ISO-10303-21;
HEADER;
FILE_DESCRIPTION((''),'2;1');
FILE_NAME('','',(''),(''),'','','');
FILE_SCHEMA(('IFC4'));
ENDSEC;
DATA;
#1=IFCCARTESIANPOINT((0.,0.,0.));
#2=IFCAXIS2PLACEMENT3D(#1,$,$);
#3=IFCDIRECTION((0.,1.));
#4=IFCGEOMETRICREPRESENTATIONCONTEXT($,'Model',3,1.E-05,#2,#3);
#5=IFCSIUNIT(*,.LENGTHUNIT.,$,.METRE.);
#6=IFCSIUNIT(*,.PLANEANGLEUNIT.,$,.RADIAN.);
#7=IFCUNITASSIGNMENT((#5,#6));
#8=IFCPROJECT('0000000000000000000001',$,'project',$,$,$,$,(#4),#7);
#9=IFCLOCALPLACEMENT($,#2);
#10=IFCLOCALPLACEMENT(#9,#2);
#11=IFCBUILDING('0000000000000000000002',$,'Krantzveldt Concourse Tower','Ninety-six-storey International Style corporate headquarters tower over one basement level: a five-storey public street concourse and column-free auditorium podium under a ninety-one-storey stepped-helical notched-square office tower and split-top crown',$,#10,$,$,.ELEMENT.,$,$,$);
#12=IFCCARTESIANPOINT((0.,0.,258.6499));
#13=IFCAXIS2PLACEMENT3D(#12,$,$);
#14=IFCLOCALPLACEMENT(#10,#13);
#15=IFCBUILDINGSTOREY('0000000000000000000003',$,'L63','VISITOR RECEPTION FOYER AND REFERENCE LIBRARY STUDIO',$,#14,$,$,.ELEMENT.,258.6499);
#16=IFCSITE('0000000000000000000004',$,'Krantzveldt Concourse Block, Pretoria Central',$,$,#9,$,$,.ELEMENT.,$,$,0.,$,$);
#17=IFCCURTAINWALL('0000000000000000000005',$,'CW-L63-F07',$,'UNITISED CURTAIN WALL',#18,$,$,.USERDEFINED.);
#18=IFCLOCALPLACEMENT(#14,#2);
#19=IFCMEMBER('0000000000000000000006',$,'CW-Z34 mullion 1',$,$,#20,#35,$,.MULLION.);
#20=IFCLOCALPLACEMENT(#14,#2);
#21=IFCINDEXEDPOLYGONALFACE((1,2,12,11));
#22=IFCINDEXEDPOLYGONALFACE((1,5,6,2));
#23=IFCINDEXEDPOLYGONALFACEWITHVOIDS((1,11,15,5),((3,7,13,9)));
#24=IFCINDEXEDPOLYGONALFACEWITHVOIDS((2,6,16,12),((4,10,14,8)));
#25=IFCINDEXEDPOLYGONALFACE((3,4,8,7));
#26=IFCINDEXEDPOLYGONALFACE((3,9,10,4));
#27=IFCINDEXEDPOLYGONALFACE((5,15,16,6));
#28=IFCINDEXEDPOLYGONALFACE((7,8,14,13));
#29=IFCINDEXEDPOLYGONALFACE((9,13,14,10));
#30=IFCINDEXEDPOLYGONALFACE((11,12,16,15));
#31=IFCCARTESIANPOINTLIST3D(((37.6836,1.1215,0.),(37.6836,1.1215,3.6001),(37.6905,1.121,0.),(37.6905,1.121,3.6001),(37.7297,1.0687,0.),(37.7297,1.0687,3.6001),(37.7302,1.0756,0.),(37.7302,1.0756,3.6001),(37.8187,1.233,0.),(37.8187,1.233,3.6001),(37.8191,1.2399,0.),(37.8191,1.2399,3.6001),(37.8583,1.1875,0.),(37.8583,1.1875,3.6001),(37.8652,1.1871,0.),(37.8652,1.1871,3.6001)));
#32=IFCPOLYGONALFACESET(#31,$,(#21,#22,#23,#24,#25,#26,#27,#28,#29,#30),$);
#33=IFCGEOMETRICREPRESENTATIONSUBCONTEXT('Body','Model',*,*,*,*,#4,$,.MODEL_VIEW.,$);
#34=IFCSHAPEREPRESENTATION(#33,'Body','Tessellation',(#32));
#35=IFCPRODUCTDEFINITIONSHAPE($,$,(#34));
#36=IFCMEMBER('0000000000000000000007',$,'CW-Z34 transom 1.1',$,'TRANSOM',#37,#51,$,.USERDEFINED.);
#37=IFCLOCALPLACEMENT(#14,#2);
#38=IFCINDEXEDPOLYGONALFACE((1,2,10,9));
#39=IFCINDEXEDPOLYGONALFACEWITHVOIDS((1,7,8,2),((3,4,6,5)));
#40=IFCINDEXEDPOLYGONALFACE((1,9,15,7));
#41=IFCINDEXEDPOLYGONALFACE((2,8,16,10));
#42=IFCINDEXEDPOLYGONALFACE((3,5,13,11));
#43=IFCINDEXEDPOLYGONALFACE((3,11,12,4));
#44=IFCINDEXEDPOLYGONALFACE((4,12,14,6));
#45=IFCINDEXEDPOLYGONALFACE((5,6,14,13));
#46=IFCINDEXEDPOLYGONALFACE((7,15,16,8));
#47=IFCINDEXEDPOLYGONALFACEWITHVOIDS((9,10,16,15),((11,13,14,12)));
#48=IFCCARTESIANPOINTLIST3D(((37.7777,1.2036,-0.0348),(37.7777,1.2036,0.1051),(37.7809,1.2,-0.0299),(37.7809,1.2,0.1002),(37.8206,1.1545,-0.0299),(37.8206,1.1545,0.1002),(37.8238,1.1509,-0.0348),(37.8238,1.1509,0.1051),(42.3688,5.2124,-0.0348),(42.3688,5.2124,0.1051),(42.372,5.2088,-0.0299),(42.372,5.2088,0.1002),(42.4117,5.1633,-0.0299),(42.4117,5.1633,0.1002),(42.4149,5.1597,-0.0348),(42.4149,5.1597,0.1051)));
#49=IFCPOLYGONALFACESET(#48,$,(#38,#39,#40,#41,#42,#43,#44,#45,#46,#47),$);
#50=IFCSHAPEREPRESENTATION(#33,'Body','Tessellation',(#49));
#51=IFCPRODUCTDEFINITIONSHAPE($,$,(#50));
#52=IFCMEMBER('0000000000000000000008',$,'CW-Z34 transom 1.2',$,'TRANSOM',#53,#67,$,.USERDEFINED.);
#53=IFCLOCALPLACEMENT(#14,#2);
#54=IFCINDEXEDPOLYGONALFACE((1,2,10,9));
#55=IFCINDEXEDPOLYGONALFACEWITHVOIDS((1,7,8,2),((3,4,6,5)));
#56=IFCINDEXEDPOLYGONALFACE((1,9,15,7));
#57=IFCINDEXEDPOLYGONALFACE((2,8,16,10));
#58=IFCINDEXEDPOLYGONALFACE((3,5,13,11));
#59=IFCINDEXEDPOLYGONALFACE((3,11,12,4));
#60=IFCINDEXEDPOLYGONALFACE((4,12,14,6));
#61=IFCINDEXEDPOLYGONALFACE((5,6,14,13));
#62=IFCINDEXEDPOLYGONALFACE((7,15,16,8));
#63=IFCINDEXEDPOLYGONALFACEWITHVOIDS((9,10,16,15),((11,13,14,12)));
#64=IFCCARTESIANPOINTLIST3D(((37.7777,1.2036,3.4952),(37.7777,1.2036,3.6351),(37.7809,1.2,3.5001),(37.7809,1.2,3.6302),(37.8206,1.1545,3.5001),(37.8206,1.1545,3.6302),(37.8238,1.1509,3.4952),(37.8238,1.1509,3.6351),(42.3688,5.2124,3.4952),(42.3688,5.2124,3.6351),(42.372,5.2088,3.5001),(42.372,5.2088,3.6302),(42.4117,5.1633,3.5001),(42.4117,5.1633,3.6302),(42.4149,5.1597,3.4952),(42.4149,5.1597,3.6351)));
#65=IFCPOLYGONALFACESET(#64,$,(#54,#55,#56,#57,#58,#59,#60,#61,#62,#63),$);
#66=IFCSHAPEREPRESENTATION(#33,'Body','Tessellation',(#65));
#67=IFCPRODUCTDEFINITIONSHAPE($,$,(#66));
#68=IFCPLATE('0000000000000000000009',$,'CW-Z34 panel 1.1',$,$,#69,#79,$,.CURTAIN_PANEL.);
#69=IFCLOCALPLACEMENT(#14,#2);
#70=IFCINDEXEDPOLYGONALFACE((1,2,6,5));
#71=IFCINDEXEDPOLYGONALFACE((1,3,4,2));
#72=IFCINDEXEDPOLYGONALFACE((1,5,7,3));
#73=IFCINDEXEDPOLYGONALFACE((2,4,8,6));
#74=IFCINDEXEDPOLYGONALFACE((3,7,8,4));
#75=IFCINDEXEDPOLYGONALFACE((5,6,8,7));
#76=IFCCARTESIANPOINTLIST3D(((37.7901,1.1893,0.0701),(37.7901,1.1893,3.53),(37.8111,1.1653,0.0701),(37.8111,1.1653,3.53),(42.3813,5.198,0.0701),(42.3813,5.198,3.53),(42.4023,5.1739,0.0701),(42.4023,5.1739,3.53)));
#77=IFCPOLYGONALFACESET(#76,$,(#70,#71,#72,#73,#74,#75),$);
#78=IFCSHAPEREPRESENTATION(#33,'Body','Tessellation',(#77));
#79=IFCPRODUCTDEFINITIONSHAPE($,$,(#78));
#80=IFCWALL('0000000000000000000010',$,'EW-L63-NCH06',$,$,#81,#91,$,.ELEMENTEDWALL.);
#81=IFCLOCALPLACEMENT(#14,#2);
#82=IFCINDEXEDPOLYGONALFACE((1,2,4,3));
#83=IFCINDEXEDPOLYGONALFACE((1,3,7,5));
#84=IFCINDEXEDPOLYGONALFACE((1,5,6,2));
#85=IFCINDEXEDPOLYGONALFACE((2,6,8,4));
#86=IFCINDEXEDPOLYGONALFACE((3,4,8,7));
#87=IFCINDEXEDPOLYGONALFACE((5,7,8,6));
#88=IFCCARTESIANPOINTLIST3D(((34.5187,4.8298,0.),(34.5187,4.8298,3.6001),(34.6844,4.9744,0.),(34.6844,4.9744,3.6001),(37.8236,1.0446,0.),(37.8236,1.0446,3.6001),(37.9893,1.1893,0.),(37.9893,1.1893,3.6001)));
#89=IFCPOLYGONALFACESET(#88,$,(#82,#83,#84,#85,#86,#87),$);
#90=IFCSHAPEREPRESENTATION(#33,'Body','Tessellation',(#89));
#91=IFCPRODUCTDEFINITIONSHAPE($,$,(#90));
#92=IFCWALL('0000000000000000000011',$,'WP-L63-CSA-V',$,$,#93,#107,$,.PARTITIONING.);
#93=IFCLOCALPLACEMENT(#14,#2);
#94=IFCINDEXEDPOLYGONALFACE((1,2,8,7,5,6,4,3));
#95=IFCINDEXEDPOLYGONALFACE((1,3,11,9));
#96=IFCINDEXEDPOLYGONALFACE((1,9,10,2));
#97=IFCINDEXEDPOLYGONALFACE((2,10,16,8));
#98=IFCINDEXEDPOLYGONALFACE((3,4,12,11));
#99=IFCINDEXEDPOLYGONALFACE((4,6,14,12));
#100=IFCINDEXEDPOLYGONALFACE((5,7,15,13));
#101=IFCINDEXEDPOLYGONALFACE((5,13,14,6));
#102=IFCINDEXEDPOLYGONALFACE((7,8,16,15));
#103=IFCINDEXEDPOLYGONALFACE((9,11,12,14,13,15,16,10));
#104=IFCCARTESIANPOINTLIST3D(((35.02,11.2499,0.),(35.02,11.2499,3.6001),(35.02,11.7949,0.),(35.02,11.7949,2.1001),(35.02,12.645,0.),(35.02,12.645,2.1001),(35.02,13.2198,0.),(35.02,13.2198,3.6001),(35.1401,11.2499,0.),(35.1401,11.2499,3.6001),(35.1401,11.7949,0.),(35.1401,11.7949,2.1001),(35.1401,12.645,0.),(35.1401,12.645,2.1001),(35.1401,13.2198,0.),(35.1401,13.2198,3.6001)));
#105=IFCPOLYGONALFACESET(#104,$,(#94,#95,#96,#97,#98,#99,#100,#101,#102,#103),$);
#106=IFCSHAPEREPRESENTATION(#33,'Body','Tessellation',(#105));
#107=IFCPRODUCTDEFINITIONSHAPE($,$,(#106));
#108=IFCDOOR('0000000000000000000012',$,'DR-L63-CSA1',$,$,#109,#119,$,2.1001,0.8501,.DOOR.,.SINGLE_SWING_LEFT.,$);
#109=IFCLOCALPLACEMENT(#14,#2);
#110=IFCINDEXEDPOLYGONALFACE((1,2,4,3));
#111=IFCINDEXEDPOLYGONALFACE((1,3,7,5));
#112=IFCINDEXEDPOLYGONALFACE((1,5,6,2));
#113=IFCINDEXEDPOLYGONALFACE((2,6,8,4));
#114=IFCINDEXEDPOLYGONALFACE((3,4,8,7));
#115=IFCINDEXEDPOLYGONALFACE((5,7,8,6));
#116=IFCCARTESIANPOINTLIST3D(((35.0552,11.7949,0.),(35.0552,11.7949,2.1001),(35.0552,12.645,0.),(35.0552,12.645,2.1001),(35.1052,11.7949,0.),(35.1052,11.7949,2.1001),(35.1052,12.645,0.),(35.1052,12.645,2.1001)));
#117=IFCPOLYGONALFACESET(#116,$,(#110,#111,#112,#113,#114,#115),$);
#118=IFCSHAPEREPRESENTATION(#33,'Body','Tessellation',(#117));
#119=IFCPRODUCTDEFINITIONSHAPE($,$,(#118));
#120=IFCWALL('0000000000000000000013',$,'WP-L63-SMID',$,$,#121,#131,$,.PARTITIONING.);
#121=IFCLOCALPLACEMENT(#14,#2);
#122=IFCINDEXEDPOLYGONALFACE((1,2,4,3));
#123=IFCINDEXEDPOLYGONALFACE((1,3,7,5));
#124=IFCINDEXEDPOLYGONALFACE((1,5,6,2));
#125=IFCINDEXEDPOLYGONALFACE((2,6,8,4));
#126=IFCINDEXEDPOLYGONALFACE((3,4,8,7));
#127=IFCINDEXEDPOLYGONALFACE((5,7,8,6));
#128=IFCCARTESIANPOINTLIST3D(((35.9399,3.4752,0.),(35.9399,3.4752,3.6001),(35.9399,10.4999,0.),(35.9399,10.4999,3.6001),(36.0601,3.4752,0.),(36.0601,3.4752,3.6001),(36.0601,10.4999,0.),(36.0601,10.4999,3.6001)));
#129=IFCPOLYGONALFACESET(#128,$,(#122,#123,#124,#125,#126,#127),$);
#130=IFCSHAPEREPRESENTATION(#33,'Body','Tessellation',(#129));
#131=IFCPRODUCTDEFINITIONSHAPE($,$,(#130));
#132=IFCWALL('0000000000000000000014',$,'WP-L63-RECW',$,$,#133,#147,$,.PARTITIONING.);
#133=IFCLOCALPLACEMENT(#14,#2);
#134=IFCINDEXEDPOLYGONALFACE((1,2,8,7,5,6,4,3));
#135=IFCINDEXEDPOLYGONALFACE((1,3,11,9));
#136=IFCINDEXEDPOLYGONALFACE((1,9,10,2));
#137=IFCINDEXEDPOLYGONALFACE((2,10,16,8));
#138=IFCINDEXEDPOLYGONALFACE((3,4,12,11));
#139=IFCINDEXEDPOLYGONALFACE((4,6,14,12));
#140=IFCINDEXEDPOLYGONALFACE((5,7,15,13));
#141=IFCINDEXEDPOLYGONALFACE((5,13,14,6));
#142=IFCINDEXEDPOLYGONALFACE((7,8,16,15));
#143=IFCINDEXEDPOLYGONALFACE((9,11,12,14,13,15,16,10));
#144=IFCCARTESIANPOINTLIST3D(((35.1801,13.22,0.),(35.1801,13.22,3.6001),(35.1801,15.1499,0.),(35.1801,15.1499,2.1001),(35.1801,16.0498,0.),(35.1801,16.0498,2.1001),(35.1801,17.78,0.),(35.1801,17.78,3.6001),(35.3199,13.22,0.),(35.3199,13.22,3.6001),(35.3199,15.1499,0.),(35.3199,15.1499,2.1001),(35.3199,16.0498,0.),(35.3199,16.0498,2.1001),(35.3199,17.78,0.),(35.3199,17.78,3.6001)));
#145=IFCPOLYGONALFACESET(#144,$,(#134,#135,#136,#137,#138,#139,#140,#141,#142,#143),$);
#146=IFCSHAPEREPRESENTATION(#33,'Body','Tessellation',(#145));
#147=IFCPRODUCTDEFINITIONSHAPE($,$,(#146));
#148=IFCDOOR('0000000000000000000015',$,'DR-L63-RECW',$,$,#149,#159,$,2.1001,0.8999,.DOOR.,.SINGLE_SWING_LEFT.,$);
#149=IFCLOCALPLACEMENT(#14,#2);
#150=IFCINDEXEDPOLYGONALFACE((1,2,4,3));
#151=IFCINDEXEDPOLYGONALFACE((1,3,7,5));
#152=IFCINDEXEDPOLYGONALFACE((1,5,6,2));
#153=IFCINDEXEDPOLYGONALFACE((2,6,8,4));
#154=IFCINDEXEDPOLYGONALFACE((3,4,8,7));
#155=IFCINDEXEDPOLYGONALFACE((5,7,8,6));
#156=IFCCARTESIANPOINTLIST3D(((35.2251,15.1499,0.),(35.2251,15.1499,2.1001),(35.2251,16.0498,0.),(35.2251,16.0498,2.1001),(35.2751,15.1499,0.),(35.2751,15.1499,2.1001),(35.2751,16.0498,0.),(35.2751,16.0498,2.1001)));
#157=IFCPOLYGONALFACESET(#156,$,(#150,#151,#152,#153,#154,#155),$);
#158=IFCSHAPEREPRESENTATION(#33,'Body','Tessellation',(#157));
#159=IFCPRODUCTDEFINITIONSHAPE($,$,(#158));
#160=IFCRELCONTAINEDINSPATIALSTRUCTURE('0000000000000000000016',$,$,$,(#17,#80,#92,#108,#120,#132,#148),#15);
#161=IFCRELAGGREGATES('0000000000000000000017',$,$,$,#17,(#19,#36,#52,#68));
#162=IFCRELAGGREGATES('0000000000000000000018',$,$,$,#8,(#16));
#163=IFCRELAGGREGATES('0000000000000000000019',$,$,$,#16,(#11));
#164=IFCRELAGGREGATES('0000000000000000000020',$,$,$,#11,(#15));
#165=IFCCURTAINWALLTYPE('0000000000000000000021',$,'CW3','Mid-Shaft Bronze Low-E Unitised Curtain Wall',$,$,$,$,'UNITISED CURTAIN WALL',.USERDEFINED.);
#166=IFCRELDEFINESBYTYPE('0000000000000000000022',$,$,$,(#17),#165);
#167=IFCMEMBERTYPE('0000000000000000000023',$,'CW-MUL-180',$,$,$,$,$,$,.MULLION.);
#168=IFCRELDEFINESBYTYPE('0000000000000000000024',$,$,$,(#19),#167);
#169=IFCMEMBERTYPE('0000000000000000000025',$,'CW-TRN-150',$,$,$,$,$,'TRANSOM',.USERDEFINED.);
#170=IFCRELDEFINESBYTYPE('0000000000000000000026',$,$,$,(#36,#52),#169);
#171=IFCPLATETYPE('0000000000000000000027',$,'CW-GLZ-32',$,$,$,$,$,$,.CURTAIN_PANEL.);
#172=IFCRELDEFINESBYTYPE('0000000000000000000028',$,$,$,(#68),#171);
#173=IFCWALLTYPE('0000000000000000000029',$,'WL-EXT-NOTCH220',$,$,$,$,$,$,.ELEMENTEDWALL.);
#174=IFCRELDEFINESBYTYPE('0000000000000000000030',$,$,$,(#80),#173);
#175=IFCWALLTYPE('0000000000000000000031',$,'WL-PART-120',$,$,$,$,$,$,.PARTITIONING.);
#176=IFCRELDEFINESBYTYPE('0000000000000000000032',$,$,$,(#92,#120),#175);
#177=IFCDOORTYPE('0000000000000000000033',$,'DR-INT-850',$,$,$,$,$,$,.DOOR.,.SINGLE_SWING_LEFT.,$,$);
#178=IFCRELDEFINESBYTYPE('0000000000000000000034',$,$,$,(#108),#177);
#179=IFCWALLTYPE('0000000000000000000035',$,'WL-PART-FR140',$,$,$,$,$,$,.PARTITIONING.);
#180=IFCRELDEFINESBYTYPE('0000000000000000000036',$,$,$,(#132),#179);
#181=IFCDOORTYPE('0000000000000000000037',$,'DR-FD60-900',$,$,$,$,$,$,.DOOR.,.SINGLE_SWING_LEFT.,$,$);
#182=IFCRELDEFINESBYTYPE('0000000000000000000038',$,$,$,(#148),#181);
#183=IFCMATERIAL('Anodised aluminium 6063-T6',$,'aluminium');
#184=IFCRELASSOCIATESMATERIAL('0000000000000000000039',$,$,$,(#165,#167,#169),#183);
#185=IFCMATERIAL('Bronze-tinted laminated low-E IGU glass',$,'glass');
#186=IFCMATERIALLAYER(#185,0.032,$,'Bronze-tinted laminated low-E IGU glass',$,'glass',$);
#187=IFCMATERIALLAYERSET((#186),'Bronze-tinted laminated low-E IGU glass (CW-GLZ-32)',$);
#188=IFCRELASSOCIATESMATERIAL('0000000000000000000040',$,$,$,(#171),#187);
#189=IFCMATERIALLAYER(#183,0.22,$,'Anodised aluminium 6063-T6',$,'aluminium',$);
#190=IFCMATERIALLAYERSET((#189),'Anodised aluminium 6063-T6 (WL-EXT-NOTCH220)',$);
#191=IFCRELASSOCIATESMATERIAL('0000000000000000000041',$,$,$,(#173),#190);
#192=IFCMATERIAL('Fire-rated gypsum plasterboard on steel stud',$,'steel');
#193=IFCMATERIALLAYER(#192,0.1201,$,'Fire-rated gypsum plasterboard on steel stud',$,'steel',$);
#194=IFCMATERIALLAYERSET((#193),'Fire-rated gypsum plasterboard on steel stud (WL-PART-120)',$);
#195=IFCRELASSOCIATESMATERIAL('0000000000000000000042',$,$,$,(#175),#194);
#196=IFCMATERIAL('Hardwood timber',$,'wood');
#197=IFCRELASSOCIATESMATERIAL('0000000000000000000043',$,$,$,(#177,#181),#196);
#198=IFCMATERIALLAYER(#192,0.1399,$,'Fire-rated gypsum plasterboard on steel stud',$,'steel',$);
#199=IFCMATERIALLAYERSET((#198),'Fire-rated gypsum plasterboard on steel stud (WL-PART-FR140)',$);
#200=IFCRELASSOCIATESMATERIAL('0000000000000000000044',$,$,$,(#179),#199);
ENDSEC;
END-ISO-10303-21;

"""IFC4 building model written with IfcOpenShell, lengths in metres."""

from ifc_helpers import new_model, si_unit, direction, frame, frame_2d, origin, origin_2d, place, context, subcontext, project, spatial, rectangle, hollow_rectangle, extrude, source, transform, mapped, material, layer, layer_set, material_profile, profile_set, type_object, type_shapes, element, fill, aggregate, save


model = new_model("IFC4")

# Units and contexts
model_context = context("Model", 3, precision=1e-05, world=origin(), true_north=direction((0.0, 1.0)))
body_context = subcontext(model_context, "Body", "Model", "MODEL_VIEW")
ifc_project = project(units=[si_unit("LENGTHUNIT", "METRE"), si_unit("PLANEANGLEUNIT", "RADIAN")], contexts=[model_context])

# Site, building, storey
site_placement = place(None, origin())
site = spatial("IfcSite", under=ifc_project, at=site_placement, Name="Krantzveldt Concourse Block, Pretoria Central", CompositionType="ELEMENT", RefElevation=0.0)
building_placement = place(site_placement, origin())
building = spatial("IfcBuilding", under=site, at=building_placement, Name="Krantzveldt Concourse Tower", Description="Ninety-six-storey International Style corporate headquarters tower over one basement level: a five-storey public street concourse and column-free auditorium podium under a ninety-one-storey stepped-helical notched-square office tower and split-top crown", CompositionType="ELEMENT")
storey_placement = place(building_placement, frame((0.0, 0.0, 258.6499)))
storey = spatial("IfcBuildingStorey", under=building, at=storey_placement, Name="L63", Description="VISITOR RECEPTION FOYER AND REFERENCE LIBRARY STUDIO", CompositionType="ELEMENT", Elevation=258.6499)

# Curtain wall, members, plate
ifc_material_1 = material(Name="Anodised aluminium 6063-T6", Category="aluminium")
curtain_wall_type = type_object("IfcCurtainWallType", Name="CW3", Description="Mid-Shaft Bronze Low-E Unitised Curtain Wall", ElementType="UNITISED CURTAIN WALL", PredefinedType="USERDEFINED", material=ifc_material_1)
curtain_wall_placement = place(storey_placement, origin())
curtain_wall = element("IfcCurtainWall", 1, at=curtain_wall_placement, inside=storey, type_object=curtain_wall_type, Name="CW-L63-F07", ObjectType="UNITISED CURTAIN WALL", PredefinedType="USERDEFINED")
ifc_material_profile_1 = material_profile(ifc_material_1, hollow_rectangle(XDim=0.0701, YDim=0.1799, WallThickness=0.0049, at=origin_2d()), Name="Anodised aluminium 6063-T6", Category="aluminium")
ifc_profile_set_1 = profile_set([ifc_material_profile_1], Name="Anodised aluminium 6063-T6 - ALU-MULL 180x70x5")
member_type_1 = type_object("IfcMemberType", Name="CW-MUL-180", PredefinedType="MULLION", material=ifc_profile_set_1)
shared_shape_1 = source(origin(), body_context, "Body", "SweptSolid", [
    extrude(hollow_rectangle(XDim=0.0701, YDim=0.1799, WallThickness=0.0049, at=origin_2d()), origin(), (0.0, 0.0, 1.0), 3.6001),
])
type_shapes(member_type_1, [shared_shape_1])
member_1_placement = place(storey_placement, frame((37.7744, 1.1543, 0.0), z_axis=(0.0, 0.0, 1.0), x_axis=(-0.657704, 0.753277, 0.0)))
member_1 = element("IfcMember", 2, at=member_1_placement, type_object=member_type_1, Name="CW-Z34 mullion 1", PredefinedType="MULLION", context=body_context, shape_type="MappedRepresentation", body=[
    mapped(shared_shape_1, transform((0.0, 0.0, 0.0), x_axis=(1.0, 0.0, 0.0), y_axis=(0.0, 1.0, 0.0), z_axis=(0.0, 0.0, 1.0), scale=1.0)),
])
ifc_material_profile_2 = material_profile(ifc_material_1, hollow_rectangle(XDim=0.0701, YDim=0.1399, WallThickness=0.0049, at=origin_2d()), Name="Anodised aluminium 6063-T6", Category="aluminium")
ifc_profile_set_2 = profile_set([ifc_material_profile_2], Name="Anodised aluminium 6063-T6 - ALU-TRAN 140x70x5")
member_type_2 = type_object("IfcMemberType", Name="CW-TRN-150", ElementType="TRANSOM", PredefinedType="USERDEFINED", material=ifc_profile_set_2)
shared_shape_2 = source(origin(), body_context, "Body", "SweptSolid", [
    extrude(hollow_rectangle(XDim=0.0701, YDim=0.1399, WallThickness=0.0049, at=origin_2d()), origin(), (0.0, 0.0, 1.0), 6.095),
])
type_shapes(member_type_2, [shared_shape_2])
member_2_placement = place(storey_placement, frame((37.8008, 1.1772, 0.0352), z_axis=(0.753259, 0.657724, 0.0), x_axis=(-0.657724, 0.753259, 0.0)))
member_2 = element("IfcMember", 3, at=member_2_placement, type_object=member_type_2, Name="CW-Z34 transom 1.1", ObjectType="TRANSOM", PredefinedType="USERDEFINED", context=body_context, shape_type="MappedRepresentation", body=[
    mapped(shared_shape_2, transform((0.0, 0.0, 0.0), x_axis=(1.0, 0.0, 0.0), y_axis=(0.0, 1.0, 0.0), z_axis=(0.0, 0.0, 1.0), scale=1.0)),
])
member_3_placement = place(storey_placement, frame((37.8008, 1.1772, 3.5652), z_axis=(0.753259, 0.657724, 0.0), x_axis=(-0.657724, 0.753259, 0.0)))
member_3 = element("IfcMember", 4, at=member_3_placement, type_object=member_type_2, Name="CW-Z34 transom 1.2", ObjectType="TRANSOM", PredefinedType="USERDEFINED", context=body_context, shape_type="MappedRepresentation", body=[
    mapped(shared_shape_2, transform((0.0, 0.0, 0.0), x_axis=(1.0, 0.0, 0.0), y_axis=(0.0, 1.0, 0.0), z_axis=(0.0, 0.0, 1.0), scale=1.0)),
])
ifc_material_2 = material(Name="Bronze-tinted laminated low-E IGU glass", Category="glass")
ifc_layer_1 = layer(ifc_material_2, 0.032, Name="Bronze-tinted laminated low-E IGU glass", Category="glass")
ifc_layer_set_1 = layer_set([ifc_layer_1], Name="Bronze-tinted laminated low-E IGU glass (CW-GLZ-32)")
plate_type = type_object("IfcPlateType", Name="CW-GLZ-32", PredefinedType="CURTAIN_PANEL", material=ifc_layer_set_1)
shared_shape_3 = source(origin(), body_context, "Body", "SweptSolid", [
    extrude(rectangle(XDim=6.095, YDim=0.032, at=origin_2d()), origin(), (0.0, 0.0, 1.0), 3.46),
])
type_shapes(plate_type, [shared_shape_3])
plate_placement = place(storey_placement, frame((40.0962, 3.1816, 0.0701), z_axis=(0.0, 0.0, 1.0), x_axis=(0.753277, 0.657704, 0.0)))
plate = element("IfcPlate", 5, at=plate_placement, type_object=plate_type, Name="CW-Z34 panel 1.1", PredefinedType="CURTAIN_PANEL", context=body_context, shape_type="MappedRepresentation", body=[
    mapped(shared_shape_3, transform((0.0, 0.0, 0.0), x_axis=(1.0, 0.0, 0.0), y_axis=(0.0, 1.0, 0.0), z_axis=(0.0, 0.0, 1.0), scale=1.0)),
])
aggregate(curtain_wall, [member_1, member_2, member_3, plate])

# Wall
ifc_layer_2 = layer(ifc_material_1, 0.22, Name="Anodised aluminium 6063-T6", Category="aluminium")
ifc_layer_set_2 = layer_set([ifc_layer_2], Name="Anodised aluminium 6063-T6 (WL-EXT-NOTCH220)")
wall_type_1 = type_object("IfcWallType", Name="WL-EXT-NOTCH220", PredefinedType="ELEMENTEDWALL", material=ifc_layer_set_2)
wall_1_placement = place(storey_placement, frame((34.6016, 4.9021, 0.0), z_axis=(0.0, 0.0, 1.0), x_axis=(0.657706, -0.753275, 0.0)))
element("IfcWall", 6, at=wall_1_placement, inside=storey, type_object=wall_type_1, Name="EW-L63-NCH06", PredefinedType="ELEMENTEDWALL", context=body_context, shape_type="SweptSolid", body=[
    extrude(rectangle(XDim=5.0249, YDim=0.22, at=frame_2d((2.5125, 0.0))), origin(), (0.0, 0.0, 1.0), 3.6001),
])

# Wall, opening, door
ifc_material_3 = material(Name="Fire-rated gypsum plasterboard on steel stud", Category="steel")
ifc_layer_3 = layer(ifc_material_3, 0.1201, Name="Fire-rated gypsum plasterboard on steel stud", Category="steel")
ifc_layer_set_3 = layer_set([ifc_layer_3], Name="Fire-rated gypsum plasterboard on steel stud (WL-PART-120)")
wall_type_2 = type_object("IfcWallType", Name="WL-PART-120", PredefinedType="PARTITIONING", material=ifc_layer_set_3)
wall_2_placement = place(storey_placement, frame((35.0801, 11.25, 0.0), z_axis=(0.0, 0.0, 1.0), x_axis=(0.0, 1.0, 0.0)))
wall_2 = element("IfcWall", 7, at=wall_2_placement, inside=storey, type_object=wall_type_2, Name="WP-L63-CSA-V", PredefinedType="PARTITIONING", context=body_context, shape_type="SweptSolid", body=[
    extrude(rectangle(XDim=1.97, YDim=0.1201, at=frame_2d((0.9849, 0.0))), origin(), (0.0, 0.0, 1.0), 3.6001),
])
opening_1_placement = place(wall_2_placement, frame((0.5449, 0.0, 0.0)))
opening_1 = element("IfcOpeningElement", 8, at=opening_1_placement, cuts=wall_2, PredefinedType="OPENING", context=body_context, shape_type="SweptSolid", body=[
    extrude(rectangle(XDim=0.8501, YDim=2.1001, at=frame_2d((0.425, 1.05))), frame((0.0, 0.0701, 0.0), z_axis=(0.0, -1.0, 0.0), x_axis=(1.0, 0.0, 0.0)), (0.0, 0.0, 1.0), 0.1401),
])
ifc_material_4 = material(Name="Hardwood timber", Category="wood")
door_type_1 = type_object("IfcDoorType", Name="DR-INT-850", OperationType="SINGLE_SWING_LEFT", PredefinedType="DOOR", material=ifc_material_4)
door_1_placement = place(opening_1_placement, origin())
door_1 = element("IfcDoor", 9, at=door_1_placement, inside=storey, type_object=door_type_1, Name="DR-L63-CSA1", OperationType="SINGLE_SWING_LEFT", OverallHeight=2.1001, OverallWidth=0.8501, PredefinedType="DOOR", context=body_context, shape_type="SweptSolid", body=[
    extrude(rectangle(XDim=0.8501, YDim=2.1001, at=frame_2d((0.425, 1.05))), frame((0.0, 0.0249, 0.0), z_axis=(0.0, -1.0, 0.0), x_axis=(1.0, 0.0, 0.0)), (0.0, 0.0, 1.0), 0.05),
])
fill(opening_1, door_1)

# Wall
wall_3_placement = place(storey_placement, frame((36.0, 3.4753, 0.0), z_axis=(0.0, 0.0, 1.0), x_axis=(0.0, 1.0, 0.0)))
element("IfcWall", 10, at=wall_3_placement, inside=storey, type_object=wall_type_2, Name="WP-L63-SMID", PredefinedType="PARTITIONING", context=body_context, shape_type="SweptSolid", body=[
    extrude(rectangle(XDim=7.0247, YDim=0.1201, at=frame_2d((3.5122, 0.0))), origin(), (0.0, 0.0, 1.0), 3.6001),
])

# Wall, opening, door
ifc_layer_4 = layer(ifc_material_3, 0.1399, Name="Fire-rated gypsum plasterboard on steel stud", Category="steel")
ifc_layer_set_4 = layer_set([ifc_layer_4], Name="Fire-rated gypsum plasterboard on steel stud (WL-PART-FR140)")
wall_type_3 = type_object("IfcWallType", Name="WL-PART-FR140", PredefinedType="PARTITIONING", material=ifc_layer_set_4)
wall_4_placement = place(storey_placement, frame((35.25, 13.22, 0.0), z_axis=(0.0, 0.0, 1.0), x_axis=(0.0, 1.0, 0.0)))
wall_4 = element("IfcWall", 11, at=wall_4_placement, inside=storey, type_object=wall_type_3, Name="WP-L63-RECW", PredefinedType="PARTITIONING", context=body_context, shape_type="SweptSolid", body=[
    extrude(rectangle(XDim=4.5601, YDim=0.1399, at=frame_2d((2.28, 0.0))), origin(), (0.0, 0.0, 1.0), 3.6001),
])
opening_2_placement = place(wall_4_placement, frame((1.9299, 0.0, 0.0)))
opening_2 = element("IfcOpeningElement", 12, at=opening_2_placement, cuts=wall_4, PredefinedType="OPENING", context=body_context, shape_type="SweptSolid", body=[
    extrude(rectangle(XDim=0.8999, YDim=2.1001, at=frame_2d((0.45, 1.05))), frame((0.0, 0.0801, 0.0), z_axis=(0.0, -1.0, 0.0), x_axis=(1.0, 0.0, 0.0)), (0.0, 0.0, 1.0), 0.1599),
])
door_type_2 = type_object("IfcDoorType", Name="DR-FD60-900", OperationType="SINGLE_SWING_LEFT", PredefinedType="DOOR", material=ifc_material_4)
door_2_placement = place(opening_2_placement, origin())
door_2 = element("IfcDoor", 13, at=door_2_placement, inside=storey, type_object=door_type_2, Name="DR-L63-RECW", OperationType="SINGLE_SWING_LEFT", OverallHeight=2.1001, OverallWidth=0.8999, PredefinedType="DOOR", context=body_context, shape_type="SweptSolid", body=[
    extrude(rectangle(XDim=0.8999, YDim=2.1001, at=frame_2d((0.45, 1.05))), frame((0.0, 0.0249, 0.0), z_axis=(0.0, -1.0, 0.0), x_axis=(1.0, 0.0, 0.0)), (0.0, 0.0, 1.0), 0.05),
])
fill(opening_2, door_2)

save(model, "model.ifc")
